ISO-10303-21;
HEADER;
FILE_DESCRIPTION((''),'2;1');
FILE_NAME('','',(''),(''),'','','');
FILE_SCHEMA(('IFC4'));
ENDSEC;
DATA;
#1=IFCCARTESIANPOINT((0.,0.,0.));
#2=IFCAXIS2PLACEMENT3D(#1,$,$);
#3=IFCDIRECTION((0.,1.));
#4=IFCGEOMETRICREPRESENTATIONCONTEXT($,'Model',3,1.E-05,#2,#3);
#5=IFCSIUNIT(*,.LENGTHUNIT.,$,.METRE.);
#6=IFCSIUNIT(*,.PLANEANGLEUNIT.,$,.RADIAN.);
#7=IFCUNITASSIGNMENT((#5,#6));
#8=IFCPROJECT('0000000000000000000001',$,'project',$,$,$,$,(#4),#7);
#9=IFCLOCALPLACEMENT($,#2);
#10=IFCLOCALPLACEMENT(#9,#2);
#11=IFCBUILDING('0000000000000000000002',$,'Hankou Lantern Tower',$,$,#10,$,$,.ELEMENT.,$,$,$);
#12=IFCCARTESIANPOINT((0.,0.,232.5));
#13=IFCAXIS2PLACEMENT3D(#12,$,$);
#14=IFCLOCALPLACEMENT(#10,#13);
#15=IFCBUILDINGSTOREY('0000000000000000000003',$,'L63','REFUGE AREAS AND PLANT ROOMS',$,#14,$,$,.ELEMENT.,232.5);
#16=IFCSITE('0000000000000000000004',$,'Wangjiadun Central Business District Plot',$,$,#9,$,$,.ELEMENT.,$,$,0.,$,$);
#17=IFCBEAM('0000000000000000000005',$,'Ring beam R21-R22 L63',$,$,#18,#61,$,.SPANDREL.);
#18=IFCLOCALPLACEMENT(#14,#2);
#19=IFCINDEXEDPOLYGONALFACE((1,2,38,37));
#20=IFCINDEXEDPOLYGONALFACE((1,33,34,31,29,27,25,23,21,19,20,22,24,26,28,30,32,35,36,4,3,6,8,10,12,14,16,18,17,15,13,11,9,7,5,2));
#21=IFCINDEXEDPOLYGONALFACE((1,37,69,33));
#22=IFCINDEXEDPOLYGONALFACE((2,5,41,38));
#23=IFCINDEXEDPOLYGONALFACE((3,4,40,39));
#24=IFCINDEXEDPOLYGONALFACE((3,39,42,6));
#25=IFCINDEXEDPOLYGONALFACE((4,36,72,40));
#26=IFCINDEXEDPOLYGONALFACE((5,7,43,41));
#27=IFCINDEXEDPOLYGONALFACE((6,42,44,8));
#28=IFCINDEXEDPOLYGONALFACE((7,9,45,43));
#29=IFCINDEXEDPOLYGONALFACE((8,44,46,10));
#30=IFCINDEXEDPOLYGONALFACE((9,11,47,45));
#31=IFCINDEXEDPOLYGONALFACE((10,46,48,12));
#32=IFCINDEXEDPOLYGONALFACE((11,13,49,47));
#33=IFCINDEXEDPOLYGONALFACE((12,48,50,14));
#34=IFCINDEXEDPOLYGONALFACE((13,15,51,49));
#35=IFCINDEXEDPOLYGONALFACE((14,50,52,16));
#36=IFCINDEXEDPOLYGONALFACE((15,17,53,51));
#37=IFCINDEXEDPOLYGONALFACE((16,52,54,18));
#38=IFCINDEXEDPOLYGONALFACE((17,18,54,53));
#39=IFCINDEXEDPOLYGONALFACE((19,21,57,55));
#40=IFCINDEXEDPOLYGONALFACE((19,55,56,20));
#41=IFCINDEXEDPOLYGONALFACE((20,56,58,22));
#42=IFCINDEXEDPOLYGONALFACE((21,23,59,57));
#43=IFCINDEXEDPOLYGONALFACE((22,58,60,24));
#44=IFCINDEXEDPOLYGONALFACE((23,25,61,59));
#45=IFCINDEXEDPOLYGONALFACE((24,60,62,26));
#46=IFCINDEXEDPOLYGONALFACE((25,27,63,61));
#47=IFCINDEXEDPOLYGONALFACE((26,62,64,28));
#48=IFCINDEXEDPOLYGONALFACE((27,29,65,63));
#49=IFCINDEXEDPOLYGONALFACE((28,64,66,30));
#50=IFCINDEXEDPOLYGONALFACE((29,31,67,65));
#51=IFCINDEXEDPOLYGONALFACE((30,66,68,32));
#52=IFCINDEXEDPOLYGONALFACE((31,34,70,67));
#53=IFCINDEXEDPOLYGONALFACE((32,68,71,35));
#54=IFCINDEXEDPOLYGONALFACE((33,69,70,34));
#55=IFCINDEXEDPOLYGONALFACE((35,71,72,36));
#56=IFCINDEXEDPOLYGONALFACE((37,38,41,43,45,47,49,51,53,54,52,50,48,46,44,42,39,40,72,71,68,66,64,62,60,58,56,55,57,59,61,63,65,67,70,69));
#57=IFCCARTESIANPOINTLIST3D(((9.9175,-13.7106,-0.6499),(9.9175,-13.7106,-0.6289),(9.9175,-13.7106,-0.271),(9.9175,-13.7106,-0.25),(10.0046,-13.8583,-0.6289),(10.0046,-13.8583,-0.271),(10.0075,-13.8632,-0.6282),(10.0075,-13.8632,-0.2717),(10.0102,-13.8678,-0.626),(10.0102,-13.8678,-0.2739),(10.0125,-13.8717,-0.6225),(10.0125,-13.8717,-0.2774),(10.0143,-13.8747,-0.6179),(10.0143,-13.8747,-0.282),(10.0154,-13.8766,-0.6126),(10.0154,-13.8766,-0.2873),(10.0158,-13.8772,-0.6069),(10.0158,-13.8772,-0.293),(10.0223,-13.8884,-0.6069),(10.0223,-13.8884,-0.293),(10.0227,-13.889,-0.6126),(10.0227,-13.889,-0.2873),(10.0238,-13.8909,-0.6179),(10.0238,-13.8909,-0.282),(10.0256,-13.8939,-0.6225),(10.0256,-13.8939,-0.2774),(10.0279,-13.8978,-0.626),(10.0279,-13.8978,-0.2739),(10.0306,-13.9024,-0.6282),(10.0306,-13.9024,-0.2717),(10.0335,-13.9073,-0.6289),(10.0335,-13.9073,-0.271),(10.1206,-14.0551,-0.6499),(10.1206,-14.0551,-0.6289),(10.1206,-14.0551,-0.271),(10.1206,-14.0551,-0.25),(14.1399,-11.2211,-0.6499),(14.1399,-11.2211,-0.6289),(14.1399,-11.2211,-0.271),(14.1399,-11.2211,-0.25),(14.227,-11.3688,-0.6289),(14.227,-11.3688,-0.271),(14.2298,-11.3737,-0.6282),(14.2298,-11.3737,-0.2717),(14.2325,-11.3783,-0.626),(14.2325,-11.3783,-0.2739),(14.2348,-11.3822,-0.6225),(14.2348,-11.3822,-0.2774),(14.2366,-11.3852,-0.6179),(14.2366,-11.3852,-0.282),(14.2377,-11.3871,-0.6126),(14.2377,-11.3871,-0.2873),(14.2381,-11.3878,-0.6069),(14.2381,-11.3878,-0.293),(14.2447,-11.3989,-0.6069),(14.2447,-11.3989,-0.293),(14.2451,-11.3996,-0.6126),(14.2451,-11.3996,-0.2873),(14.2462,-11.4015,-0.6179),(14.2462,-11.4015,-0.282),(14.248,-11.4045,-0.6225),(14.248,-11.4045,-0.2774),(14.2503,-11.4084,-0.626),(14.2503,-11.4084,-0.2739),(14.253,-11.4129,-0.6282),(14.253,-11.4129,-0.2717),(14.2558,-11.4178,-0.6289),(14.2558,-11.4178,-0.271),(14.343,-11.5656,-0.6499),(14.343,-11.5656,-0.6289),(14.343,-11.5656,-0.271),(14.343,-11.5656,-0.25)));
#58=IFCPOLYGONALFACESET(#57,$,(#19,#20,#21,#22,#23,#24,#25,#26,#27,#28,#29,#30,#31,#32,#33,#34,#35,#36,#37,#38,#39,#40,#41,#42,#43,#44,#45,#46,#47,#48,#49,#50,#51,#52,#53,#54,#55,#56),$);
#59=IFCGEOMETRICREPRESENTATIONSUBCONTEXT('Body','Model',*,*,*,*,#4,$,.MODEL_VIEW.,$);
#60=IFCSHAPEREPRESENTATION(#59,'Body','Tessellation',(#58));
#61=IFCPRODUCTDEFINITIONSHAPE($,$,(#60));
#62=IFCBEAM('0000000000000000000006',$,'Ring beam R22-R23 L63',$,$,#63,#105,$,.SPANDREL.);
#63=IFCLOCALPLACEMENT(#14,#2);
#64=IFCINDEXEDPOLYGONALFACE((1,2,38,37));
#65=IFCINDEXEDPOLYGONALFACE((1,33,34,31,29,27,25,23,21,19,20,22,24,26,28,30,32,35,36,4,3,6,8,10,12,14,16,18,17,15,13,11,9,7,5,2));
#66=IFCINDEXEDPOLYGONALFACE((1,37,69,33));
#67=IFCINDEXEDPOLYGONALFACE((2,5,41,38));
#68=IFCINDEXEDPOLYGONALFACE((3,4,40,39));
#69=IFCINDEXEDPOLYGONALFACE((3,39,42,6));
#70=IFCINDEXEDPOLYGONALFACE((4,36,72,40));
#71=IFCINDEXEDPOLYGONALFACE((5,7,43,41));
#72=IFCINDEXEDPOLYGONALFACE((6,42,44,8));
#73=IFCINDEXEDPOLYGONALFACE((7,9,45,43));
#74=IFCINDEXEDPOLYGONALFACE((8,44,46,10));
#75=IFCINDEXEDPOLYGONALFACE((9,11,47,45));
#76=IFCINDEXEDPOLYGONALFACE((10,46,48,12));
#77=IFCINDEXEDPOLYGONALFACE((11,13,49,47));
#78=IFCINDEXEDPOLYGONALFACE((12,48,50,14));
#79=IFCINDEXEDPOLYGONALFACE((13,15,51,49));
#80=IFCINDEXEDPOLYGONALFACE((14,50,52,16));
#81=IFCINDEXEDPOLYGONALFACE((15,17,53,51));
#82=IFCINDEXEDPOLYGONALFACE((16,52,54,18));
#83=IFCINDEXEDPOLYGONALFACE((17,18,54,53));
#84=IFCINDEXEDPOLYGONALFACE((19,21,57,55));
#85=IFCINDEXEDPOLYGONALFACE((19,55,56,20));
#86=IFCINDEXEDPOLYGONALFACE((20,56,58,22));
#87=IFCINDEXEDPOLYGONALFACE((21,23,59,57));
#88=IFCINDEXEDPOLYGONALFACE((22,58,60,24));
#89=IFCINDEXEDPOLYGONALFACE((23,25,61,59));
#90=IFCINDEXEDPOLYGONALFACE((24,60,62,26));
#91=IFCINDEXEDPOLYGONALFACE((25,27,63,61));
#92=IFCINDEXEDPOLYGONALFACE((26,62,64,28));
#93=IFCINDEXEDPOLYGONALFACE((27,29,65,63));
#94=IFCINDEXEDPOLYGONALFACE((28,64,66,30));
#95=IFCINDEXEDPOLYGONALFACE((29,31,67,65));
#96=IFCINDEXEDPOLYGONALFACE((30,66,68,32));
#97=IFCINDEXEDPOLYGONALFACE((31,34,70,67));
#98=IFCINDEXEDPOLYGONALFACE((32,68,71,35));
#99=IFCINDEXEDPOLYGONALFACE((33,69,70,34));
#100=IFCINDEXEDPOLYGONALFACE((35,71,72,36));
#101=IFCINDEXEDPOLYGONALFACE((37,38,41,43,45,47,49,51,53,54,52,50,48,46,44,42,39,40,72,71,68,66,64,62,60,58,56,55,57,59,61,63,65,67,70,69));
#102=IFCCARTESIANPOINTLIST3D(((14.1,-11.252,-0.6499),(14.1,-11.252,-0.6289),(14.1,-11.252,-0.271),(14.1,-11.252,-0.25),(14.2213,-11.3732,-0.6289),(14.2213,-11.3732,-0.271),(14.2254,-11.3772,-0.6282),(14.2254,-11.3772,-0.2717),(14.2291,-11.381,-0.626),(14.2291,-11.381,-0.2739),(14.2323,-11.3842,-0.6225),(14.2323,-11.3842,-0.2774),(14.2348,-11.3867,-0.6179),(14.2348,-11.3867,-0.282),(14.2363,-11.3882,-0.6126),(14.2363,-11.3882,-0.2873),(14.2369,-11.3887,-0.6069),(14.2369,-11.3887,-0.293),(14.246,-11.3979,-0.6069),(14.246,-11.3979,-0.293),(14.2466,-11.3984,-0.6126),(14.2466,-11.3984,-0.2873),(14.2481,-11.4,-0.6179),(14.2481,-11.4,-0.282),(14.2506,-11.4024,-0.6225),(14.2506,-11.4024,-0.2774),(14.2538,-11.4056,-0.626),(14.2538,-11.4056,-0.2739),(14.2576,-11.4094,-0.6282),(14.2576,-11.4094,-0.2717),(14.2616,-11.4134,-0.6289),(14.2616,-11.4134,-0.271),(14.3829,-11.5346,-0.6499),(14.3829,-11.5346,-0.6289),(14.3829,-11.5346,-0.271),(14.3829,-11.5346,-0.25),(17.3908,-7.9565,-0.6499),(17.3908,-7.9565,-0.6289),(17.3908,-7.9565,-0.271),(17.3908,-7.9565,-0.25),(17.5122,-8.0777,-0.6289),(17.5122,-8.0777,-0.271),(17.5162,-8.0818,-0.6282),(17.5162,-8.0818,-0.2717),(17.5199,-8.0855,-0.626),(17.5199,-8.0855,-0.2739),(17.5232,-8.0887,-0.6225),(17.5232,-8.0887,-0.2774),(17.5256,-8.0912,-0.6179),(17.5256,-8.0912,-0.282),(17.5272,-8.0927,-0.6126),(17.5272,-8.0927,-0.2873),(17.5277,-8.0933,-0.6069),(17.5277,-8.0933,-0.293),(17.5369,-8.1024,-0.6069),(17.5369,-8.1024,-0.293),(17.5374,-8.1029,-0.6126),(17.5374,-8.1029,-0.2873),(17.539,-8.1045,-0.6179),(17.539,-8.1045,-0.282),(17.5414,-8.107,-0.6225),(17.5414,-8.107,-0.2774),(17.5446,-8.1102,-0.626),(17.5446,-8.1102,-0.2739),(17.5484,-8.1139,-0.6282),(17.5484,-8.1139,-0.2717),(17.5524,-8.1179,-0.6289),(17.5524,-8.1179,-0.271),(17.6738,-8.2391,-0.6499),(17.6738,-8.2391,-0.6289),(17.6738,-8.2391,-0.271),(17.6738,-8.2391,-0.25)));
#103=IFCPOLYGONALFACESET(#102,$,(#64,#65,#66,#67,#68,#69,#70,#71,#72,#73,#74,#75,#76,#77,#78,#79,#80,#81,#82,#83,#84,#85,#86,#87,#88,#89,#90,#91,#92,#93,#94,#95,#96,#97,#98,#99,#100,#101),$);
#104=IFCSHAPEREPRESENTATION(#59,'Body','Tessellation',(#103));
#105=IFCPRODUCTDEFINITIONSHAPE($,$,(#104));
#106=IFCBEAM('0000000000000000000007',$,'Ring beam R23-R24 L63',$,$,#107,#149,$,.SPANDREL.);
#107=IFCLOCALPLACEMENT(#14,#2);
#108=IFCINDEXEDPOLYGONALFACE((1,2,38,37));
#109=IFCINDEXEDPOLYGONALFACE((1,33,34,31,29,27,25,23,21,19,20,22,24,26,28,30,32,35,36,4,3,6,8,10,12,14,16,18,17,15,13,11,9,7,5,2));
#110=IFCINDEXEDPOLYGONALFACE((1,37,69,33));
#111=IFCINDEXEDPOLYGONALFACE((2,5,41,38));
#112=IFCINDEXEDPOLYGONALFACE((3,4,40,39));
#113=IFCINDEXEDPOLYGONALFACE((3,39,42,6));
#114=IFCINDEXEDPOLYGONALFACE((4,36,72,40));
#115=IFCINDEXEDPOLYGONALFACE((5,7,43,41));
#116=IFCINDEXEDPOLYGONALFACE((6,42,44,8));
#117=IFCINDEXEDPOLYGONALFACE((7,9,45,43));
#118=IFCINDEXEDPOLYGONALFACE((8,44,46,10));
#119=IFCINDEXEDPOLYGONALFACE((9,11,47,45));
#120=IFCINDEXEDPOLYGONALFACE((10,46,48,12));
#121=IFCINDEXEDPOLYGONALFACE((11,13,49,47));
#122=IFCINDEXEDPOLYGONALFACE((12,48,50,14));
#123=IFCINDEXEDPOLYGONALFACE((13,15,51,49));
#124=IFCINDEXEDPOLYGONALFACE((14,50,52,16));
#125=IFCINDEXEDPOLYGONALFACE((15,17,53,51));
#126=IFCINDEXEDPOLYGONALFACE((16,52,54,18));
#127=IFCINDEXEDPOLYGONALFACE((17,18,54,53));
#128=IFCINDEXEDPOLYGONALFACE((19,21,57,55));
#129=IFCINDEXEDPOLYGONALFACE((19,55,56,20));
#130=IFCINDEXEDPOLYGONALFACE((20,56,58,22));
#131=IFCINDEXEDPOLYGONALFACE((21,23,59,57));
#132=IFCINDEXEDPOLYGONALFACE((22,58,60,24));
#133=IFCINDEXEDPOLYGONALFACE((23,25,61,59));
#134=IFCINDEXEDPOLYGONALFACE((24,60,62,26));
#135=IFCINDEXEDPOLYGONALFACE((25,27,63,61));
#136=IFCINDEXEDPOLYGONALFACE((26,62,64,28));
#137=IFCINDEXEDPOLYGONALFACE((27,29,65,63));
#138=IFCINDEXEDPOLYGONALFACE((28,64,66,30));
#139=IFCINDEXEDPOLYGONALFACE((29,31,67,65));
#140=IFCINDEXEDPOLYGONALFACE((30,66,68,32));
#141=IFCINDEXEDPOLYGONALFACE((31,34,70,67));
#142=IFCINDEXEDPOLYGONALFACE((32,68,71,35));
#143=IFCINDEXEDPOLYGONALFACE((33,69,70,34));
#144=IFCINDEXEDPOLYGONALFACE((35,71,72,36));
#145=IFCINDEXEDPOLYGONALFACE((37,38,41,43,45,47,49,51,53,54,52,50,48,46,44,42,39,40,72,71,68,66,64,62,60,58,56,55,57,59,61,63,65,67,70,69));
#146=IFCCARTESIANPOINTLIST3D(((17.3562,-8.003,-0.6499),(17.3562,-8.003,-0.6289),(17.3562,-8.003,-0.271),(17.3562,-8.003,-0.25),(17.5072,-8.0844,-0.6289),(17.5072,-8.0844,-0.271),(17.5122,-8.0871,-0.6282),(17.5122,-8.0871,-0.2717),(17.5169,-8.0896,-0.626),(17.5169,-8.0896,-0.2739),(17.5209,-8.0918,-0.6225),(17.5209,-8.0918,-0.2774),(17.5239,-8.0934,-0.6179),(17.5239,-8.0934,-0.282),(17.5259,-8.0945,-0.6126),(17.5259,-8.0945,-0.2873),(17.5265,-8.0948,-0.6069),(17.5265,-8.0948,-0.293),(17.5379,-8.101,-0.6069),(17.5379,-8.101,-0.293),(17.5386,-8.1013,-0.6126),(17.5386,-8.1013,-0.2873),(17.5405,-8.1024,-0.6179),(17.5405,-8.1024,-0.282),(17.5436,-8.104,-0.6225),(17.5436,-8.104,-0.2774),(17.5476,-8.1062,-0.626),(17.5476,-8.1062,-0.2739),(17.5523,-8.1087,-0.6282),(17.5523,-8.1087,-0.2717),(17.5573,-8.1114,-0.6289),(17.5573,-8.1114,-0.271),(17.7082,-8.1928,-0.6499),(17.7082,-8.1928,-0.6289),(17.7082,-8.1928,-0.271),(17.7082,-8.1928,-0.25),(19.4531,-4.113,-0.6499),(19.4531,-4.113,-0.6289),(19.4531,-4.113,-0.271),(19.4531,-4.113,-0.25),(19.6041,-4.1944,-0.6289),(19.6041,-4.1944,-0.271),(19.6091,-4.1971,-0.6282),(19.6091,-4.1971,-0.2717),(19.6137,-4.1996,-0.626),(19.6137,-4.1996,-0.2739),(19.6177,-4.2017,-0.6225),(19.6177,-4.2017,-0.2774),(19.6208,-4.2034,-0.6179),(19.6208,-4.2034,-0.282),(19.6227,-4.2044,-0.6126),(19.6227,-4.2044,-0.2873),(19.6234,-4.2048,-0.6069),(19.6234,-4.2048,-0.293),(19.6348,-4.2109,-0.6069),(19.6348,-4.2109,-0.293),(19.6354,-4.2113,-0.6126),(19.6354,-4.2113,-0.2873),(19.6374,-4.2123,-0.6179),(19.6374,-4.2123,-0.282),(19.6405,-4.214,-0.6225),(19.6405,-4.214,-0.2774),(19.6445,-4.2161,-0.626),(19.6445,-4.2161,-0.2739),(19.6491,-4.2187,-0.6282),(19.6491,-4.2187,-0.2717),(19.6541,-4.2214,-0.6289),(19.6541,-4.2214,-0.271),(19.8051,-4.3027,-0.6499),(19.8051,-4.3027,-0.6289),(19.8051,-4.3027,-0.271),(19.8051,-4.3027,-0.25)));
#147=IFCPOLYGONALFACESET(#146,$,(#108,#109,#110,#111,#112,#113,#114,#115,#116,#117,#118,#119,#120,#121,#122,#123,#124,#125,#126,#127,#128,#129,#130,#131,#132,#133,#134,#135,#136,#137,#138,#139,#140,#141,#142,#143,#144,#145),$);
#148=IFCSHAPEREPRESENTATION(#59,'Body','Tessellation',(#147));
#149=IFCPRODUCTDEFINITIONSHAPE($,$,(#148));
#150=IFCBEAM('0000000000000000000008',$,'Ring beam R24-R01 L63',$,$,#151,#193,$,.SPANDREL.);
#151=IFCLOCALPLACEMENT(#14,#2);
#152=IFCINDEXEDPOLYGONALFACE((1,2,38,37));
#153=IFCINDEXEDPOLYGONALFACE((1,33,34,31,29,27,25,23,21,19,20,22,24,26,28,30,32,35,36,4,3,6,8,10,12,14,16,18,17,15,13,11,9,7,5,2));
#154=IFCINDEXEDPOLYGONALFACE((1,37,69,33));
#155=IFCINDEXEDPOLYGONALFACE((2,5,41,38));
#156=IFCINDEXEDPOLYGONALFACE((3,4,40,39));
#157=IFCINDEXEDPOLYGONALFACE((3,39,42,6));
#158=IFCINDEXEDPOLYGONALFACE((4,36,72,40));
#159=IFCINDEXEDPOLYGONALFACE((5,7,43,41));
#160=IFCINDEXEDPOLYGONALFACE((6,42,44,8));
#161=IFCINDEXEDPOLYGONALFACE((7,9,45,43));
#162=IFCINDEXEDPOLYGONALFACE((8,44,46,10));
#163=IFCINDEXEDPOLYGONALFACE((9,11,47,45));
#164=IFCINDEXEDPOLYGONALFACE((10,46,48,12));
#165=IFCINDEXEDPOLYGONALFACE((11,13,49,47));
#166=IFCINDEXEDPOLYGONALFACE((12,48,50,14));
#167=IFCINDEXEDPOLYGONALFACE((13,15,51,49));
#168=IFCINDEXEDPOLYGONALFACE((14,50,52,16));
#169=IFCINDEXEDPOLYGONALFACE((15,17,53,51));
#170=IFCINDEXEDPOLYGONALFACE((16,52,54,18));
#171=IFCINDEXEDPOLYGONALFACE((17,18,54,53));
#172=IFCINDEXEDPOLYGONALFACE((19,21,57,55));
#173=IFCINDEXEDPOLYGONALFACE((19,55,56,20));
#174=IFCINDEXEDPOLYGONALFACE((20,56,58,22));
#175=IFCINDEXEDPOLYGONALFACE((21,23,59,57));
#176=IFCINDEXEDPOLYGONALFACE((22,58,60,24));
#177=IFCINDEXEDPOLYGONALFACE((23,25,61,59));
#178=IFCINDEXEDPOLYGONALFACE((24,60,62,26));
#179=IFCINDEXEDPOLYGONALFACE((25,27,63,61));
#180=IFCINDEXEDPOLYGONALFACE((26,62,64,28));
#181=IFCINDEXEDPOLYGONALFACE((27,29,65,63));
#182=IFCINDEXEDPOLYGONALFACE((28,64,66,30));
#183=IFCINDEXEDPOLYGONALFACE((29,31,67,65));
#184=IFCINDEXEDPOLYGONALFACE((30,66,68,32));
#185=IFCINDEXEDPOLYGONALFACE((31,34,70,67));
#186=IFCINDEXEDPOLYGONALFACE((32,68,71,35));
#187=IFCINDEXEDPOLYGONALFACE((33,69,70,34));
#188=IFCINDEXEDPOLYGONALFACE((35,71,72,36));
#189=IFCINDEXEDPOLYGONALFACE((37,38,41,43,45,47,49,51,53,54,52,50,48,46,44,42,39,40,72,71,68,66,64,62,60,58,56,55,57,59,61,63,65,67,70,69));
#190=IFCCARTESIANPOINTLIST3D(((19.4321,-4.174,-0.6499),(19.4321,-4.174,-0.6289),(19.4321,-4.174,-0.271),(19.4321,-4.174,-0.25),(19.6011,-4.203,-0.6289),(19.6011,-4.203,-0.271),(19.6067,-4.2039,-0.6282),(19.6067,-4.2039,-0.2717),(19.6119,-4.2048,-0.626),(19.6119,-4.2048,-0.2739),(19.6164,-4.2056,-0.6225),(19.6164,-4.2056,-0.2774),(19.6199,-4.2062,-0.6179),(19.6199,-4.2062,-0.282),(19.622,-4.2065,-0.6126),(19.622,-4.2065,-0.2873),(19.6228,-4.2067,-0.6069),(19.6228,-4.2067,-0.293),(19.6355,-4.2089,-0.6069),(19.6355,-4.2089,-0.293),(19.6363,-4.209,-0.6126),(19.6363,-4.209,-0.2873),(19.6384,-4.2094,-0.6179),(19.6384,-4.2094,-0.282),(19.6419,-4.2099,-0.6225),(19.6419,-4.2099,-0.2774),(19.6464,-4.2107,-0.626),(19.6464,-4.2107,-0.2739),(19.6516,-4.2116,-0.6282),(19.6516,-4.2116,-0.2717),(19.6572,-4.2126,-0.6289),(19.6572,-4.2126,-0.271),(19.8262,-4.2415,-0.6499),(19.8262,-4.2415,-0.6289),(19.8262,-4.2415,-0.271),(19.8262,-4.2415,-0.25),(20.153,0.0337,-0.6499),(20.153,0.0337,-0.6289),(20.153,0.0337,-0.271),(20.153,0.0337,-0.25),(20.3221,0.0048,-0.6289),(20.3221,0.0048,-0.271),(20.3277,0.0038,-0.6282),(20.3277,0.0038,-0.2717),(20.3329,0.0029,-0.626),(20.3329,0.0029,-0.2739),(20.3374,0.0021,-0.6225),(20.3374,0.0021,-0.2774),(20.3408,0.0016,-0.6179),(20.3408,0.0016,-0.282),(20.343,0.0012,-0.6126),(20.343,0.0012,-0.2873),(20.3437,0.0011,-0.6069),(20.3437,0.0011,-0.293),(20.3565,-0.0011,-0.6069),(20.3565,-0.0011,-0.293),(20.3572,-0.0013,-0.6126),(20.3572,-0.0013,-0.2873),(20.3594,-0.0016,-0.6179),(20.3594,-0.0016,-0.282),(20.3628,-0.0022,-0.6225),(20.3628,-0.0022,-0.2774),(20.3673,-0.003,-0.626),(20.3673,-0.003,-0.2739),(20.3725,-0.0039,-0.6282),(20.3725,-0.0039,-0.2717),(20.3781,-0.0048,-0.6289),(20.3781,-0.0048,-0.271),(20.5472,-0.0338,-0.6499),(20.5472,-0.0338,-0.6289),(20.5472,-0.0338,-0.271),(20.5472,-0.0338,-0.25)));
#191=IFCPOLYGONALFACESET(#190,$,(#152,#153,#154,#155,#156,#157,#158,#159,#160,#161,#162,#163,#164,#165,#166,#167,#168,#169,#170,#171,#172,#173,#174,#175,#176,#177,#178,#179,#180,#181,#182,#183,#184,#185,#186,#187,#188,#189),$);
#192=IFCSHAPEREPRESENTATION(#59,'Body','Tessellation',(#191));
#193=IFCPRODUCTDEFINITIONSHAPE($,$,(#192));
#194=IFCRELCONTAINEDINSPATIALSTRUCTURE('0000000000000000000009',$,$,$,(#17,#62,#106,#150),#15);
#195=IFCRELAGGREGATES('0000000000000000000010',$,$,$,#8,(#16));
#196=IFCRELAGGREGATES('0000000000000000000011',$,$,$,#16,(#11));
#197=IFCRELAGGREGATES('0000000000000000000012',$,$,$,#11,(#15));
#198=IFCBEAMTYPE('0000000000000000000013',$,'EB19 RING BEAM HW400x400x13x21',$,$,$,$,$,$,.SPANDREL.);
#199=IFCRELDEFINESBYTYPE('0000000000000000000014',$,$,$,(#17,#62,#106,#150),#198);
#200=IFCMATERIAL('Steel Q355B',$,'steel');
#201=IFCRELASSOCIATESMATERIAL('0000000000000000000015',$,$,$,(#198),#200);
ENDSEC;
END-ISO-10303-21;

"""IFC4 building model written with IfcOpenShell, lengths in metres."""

from ifc_helpers import new_model, si_unit, direction, frame, origin, origin_2d, place, context, subcontext, project, spatial, i_section, extrude, material, material_profile, profile_set, type_object, element, save


model = new_model("IFC4")

# Units and contexts
model_context = context("Model", 3, precision=1e-05, world=origin(), true_north=direction((0.0, 1.0)))
body_context = subcontext(model_context, "Body", "Model", "MODEL_VIEW")
ifc_project = project(units=[si_unit("LENGTHUNIT", "METRE"), si_unit("PLANEANGLEUNIT", "RADIAN")], contexts=[model_context])

# Site, building, storey
site_placement = place(None, origin())
site = spatial("IfcSite", under=ifc_project, at=site_placement, Name="Wangjiadun Central Business District Plot", CompositionType="ELEMENT", RefElevation=0.0)
building_placement = place(site_placement, origin())
building = spatial("IfcBuilding", under=site, at=building_placement, Name="Hankou Lantern Tower", CompositionType="ELEMENT")
storey_placement = place(building_placement, frame((0.0, 0.0, 232.5)))
storey = spatial("IfcBuildingStorey", under=building, at=storey_placement, Name="L63", Description="REFUGE AREAS AND PLANT ROOMS", CompositionType="ELEMENT", Elevation=232.5)

# Beams
ifc_material_1 = material(Name="Steel Q355B", Category="steel")
ifc_material_profile_1 = material_profile(ifc_material_1, i_section(OverallWidth=0.3999, OverallDepth=0.3999, WebThickness=0.0129, FlangeThickness=0.021, FilletRadius=0.022, at=origin_2d()), Name="HW400x400x13x21")
ifc_profile_set_1 = profile_set([ifc_material_profile_1], Name="Steel Q355B")
beam_type_1 = type_object("IfcBeamType", Name="EB19 RING BEAM HW400x400x13x21", PredefinedType="SPANDREL", material=ifc_profile_set_1)
beam_1_placement = place(storey_placement, frame((10.019, -13.8828, -0.45), z_axis=(0.861423, 0.507888, 0.0), x_axis=(-0.507888, 0.861423, 0.0)))
element("IfcBeam", 1, at=beam_1_placement, inside=storey, type_object=beam_type_1, Name="Ring beam R21-R22 L63", PredefinedType="SPANDREL", context=body_context, shape_type="SweptSolid", body=[
    extrude(i_section(OverallWidth=0.3999, OverallDepth=0.3999, WebThickness=0.0129, FlangeThickness=0.021, FilletRadius=0.022, at=origin_2d()), origin(), (0.0, 0.0, 1.0), 4.9016),
])
beam_2_placement = place(storey_placement, frame((14.2415, -11.3933, -0.45), z_axis=(0.706609, 0.707605, 0.0), x_axis=(-0.707605, 0.706609, 0.0)))
element("IfcBeam", 2, at=beam_2_placement, inside=storey, type_object=beam_type_1, Name="Ring beam R22-R23 L63", PredefinedType="SPANDREL", context=body_context, shape_type="SweptSolid", body=[
    extrude(i_section(OverallWidth=0.3999, OverallDepth=0.3999, WebThickness=0.0129, FlangeThickness=0.021, FilletRadius=0.022, at=origin_2d()), origin(), (0.0, 0.0, 1.0), 4.6572),
])
beam_3_placement = place(storey_placement, frame((17.5322, -8.0979, -0.45), z_axis=(0.474492, 0.88026, 0.0), x_axis=(-0.88026, 0.474492, 0.0)))
element("IfcBeam", 3, at=beam_3_placement, inside=storey, type_object=beam_type_1, Name="Ring beam R23-R24 L63", PredefinedType="SPANDREL", context=body_context, shape_type="SweptSolid", body=[
    extrude(i_section(OverallWidth=0.3999, OverallDepth=0.3999, WebThickness=0.0129, FlangeThickness=0.021, FilletRadius=0.022, at=origin_2d()), origin(), (0.0, 0.0, 1.0), 4.4192),
])
beam_4_placement = place(storey_placement, frame((19.6292, -4.2078, -0.45), z_axis=(0.168877, 0.985637, 0.0), x_axis=(-0.985637, 0.168877, 0.0)))
element("IfcBeam", 4, at=beam_4_placement, inside=storey, type_object=beam_type_1, Name="Ring beam R24-R01 L63", PredefinedType="SPANDREL", context=body_context, shape_type="SweptSolid", body=[
    extrude(i_section(OverallWidth=0.3999, OverallDepth=0.3999, WebThickness=0.0129, FlangeThickness=0.021, FilletRadius=0.022, at=origin_2d()), origin(), (0.0, 0.0, 1.0), 4.269),
])

save(model, "model.ifc")
